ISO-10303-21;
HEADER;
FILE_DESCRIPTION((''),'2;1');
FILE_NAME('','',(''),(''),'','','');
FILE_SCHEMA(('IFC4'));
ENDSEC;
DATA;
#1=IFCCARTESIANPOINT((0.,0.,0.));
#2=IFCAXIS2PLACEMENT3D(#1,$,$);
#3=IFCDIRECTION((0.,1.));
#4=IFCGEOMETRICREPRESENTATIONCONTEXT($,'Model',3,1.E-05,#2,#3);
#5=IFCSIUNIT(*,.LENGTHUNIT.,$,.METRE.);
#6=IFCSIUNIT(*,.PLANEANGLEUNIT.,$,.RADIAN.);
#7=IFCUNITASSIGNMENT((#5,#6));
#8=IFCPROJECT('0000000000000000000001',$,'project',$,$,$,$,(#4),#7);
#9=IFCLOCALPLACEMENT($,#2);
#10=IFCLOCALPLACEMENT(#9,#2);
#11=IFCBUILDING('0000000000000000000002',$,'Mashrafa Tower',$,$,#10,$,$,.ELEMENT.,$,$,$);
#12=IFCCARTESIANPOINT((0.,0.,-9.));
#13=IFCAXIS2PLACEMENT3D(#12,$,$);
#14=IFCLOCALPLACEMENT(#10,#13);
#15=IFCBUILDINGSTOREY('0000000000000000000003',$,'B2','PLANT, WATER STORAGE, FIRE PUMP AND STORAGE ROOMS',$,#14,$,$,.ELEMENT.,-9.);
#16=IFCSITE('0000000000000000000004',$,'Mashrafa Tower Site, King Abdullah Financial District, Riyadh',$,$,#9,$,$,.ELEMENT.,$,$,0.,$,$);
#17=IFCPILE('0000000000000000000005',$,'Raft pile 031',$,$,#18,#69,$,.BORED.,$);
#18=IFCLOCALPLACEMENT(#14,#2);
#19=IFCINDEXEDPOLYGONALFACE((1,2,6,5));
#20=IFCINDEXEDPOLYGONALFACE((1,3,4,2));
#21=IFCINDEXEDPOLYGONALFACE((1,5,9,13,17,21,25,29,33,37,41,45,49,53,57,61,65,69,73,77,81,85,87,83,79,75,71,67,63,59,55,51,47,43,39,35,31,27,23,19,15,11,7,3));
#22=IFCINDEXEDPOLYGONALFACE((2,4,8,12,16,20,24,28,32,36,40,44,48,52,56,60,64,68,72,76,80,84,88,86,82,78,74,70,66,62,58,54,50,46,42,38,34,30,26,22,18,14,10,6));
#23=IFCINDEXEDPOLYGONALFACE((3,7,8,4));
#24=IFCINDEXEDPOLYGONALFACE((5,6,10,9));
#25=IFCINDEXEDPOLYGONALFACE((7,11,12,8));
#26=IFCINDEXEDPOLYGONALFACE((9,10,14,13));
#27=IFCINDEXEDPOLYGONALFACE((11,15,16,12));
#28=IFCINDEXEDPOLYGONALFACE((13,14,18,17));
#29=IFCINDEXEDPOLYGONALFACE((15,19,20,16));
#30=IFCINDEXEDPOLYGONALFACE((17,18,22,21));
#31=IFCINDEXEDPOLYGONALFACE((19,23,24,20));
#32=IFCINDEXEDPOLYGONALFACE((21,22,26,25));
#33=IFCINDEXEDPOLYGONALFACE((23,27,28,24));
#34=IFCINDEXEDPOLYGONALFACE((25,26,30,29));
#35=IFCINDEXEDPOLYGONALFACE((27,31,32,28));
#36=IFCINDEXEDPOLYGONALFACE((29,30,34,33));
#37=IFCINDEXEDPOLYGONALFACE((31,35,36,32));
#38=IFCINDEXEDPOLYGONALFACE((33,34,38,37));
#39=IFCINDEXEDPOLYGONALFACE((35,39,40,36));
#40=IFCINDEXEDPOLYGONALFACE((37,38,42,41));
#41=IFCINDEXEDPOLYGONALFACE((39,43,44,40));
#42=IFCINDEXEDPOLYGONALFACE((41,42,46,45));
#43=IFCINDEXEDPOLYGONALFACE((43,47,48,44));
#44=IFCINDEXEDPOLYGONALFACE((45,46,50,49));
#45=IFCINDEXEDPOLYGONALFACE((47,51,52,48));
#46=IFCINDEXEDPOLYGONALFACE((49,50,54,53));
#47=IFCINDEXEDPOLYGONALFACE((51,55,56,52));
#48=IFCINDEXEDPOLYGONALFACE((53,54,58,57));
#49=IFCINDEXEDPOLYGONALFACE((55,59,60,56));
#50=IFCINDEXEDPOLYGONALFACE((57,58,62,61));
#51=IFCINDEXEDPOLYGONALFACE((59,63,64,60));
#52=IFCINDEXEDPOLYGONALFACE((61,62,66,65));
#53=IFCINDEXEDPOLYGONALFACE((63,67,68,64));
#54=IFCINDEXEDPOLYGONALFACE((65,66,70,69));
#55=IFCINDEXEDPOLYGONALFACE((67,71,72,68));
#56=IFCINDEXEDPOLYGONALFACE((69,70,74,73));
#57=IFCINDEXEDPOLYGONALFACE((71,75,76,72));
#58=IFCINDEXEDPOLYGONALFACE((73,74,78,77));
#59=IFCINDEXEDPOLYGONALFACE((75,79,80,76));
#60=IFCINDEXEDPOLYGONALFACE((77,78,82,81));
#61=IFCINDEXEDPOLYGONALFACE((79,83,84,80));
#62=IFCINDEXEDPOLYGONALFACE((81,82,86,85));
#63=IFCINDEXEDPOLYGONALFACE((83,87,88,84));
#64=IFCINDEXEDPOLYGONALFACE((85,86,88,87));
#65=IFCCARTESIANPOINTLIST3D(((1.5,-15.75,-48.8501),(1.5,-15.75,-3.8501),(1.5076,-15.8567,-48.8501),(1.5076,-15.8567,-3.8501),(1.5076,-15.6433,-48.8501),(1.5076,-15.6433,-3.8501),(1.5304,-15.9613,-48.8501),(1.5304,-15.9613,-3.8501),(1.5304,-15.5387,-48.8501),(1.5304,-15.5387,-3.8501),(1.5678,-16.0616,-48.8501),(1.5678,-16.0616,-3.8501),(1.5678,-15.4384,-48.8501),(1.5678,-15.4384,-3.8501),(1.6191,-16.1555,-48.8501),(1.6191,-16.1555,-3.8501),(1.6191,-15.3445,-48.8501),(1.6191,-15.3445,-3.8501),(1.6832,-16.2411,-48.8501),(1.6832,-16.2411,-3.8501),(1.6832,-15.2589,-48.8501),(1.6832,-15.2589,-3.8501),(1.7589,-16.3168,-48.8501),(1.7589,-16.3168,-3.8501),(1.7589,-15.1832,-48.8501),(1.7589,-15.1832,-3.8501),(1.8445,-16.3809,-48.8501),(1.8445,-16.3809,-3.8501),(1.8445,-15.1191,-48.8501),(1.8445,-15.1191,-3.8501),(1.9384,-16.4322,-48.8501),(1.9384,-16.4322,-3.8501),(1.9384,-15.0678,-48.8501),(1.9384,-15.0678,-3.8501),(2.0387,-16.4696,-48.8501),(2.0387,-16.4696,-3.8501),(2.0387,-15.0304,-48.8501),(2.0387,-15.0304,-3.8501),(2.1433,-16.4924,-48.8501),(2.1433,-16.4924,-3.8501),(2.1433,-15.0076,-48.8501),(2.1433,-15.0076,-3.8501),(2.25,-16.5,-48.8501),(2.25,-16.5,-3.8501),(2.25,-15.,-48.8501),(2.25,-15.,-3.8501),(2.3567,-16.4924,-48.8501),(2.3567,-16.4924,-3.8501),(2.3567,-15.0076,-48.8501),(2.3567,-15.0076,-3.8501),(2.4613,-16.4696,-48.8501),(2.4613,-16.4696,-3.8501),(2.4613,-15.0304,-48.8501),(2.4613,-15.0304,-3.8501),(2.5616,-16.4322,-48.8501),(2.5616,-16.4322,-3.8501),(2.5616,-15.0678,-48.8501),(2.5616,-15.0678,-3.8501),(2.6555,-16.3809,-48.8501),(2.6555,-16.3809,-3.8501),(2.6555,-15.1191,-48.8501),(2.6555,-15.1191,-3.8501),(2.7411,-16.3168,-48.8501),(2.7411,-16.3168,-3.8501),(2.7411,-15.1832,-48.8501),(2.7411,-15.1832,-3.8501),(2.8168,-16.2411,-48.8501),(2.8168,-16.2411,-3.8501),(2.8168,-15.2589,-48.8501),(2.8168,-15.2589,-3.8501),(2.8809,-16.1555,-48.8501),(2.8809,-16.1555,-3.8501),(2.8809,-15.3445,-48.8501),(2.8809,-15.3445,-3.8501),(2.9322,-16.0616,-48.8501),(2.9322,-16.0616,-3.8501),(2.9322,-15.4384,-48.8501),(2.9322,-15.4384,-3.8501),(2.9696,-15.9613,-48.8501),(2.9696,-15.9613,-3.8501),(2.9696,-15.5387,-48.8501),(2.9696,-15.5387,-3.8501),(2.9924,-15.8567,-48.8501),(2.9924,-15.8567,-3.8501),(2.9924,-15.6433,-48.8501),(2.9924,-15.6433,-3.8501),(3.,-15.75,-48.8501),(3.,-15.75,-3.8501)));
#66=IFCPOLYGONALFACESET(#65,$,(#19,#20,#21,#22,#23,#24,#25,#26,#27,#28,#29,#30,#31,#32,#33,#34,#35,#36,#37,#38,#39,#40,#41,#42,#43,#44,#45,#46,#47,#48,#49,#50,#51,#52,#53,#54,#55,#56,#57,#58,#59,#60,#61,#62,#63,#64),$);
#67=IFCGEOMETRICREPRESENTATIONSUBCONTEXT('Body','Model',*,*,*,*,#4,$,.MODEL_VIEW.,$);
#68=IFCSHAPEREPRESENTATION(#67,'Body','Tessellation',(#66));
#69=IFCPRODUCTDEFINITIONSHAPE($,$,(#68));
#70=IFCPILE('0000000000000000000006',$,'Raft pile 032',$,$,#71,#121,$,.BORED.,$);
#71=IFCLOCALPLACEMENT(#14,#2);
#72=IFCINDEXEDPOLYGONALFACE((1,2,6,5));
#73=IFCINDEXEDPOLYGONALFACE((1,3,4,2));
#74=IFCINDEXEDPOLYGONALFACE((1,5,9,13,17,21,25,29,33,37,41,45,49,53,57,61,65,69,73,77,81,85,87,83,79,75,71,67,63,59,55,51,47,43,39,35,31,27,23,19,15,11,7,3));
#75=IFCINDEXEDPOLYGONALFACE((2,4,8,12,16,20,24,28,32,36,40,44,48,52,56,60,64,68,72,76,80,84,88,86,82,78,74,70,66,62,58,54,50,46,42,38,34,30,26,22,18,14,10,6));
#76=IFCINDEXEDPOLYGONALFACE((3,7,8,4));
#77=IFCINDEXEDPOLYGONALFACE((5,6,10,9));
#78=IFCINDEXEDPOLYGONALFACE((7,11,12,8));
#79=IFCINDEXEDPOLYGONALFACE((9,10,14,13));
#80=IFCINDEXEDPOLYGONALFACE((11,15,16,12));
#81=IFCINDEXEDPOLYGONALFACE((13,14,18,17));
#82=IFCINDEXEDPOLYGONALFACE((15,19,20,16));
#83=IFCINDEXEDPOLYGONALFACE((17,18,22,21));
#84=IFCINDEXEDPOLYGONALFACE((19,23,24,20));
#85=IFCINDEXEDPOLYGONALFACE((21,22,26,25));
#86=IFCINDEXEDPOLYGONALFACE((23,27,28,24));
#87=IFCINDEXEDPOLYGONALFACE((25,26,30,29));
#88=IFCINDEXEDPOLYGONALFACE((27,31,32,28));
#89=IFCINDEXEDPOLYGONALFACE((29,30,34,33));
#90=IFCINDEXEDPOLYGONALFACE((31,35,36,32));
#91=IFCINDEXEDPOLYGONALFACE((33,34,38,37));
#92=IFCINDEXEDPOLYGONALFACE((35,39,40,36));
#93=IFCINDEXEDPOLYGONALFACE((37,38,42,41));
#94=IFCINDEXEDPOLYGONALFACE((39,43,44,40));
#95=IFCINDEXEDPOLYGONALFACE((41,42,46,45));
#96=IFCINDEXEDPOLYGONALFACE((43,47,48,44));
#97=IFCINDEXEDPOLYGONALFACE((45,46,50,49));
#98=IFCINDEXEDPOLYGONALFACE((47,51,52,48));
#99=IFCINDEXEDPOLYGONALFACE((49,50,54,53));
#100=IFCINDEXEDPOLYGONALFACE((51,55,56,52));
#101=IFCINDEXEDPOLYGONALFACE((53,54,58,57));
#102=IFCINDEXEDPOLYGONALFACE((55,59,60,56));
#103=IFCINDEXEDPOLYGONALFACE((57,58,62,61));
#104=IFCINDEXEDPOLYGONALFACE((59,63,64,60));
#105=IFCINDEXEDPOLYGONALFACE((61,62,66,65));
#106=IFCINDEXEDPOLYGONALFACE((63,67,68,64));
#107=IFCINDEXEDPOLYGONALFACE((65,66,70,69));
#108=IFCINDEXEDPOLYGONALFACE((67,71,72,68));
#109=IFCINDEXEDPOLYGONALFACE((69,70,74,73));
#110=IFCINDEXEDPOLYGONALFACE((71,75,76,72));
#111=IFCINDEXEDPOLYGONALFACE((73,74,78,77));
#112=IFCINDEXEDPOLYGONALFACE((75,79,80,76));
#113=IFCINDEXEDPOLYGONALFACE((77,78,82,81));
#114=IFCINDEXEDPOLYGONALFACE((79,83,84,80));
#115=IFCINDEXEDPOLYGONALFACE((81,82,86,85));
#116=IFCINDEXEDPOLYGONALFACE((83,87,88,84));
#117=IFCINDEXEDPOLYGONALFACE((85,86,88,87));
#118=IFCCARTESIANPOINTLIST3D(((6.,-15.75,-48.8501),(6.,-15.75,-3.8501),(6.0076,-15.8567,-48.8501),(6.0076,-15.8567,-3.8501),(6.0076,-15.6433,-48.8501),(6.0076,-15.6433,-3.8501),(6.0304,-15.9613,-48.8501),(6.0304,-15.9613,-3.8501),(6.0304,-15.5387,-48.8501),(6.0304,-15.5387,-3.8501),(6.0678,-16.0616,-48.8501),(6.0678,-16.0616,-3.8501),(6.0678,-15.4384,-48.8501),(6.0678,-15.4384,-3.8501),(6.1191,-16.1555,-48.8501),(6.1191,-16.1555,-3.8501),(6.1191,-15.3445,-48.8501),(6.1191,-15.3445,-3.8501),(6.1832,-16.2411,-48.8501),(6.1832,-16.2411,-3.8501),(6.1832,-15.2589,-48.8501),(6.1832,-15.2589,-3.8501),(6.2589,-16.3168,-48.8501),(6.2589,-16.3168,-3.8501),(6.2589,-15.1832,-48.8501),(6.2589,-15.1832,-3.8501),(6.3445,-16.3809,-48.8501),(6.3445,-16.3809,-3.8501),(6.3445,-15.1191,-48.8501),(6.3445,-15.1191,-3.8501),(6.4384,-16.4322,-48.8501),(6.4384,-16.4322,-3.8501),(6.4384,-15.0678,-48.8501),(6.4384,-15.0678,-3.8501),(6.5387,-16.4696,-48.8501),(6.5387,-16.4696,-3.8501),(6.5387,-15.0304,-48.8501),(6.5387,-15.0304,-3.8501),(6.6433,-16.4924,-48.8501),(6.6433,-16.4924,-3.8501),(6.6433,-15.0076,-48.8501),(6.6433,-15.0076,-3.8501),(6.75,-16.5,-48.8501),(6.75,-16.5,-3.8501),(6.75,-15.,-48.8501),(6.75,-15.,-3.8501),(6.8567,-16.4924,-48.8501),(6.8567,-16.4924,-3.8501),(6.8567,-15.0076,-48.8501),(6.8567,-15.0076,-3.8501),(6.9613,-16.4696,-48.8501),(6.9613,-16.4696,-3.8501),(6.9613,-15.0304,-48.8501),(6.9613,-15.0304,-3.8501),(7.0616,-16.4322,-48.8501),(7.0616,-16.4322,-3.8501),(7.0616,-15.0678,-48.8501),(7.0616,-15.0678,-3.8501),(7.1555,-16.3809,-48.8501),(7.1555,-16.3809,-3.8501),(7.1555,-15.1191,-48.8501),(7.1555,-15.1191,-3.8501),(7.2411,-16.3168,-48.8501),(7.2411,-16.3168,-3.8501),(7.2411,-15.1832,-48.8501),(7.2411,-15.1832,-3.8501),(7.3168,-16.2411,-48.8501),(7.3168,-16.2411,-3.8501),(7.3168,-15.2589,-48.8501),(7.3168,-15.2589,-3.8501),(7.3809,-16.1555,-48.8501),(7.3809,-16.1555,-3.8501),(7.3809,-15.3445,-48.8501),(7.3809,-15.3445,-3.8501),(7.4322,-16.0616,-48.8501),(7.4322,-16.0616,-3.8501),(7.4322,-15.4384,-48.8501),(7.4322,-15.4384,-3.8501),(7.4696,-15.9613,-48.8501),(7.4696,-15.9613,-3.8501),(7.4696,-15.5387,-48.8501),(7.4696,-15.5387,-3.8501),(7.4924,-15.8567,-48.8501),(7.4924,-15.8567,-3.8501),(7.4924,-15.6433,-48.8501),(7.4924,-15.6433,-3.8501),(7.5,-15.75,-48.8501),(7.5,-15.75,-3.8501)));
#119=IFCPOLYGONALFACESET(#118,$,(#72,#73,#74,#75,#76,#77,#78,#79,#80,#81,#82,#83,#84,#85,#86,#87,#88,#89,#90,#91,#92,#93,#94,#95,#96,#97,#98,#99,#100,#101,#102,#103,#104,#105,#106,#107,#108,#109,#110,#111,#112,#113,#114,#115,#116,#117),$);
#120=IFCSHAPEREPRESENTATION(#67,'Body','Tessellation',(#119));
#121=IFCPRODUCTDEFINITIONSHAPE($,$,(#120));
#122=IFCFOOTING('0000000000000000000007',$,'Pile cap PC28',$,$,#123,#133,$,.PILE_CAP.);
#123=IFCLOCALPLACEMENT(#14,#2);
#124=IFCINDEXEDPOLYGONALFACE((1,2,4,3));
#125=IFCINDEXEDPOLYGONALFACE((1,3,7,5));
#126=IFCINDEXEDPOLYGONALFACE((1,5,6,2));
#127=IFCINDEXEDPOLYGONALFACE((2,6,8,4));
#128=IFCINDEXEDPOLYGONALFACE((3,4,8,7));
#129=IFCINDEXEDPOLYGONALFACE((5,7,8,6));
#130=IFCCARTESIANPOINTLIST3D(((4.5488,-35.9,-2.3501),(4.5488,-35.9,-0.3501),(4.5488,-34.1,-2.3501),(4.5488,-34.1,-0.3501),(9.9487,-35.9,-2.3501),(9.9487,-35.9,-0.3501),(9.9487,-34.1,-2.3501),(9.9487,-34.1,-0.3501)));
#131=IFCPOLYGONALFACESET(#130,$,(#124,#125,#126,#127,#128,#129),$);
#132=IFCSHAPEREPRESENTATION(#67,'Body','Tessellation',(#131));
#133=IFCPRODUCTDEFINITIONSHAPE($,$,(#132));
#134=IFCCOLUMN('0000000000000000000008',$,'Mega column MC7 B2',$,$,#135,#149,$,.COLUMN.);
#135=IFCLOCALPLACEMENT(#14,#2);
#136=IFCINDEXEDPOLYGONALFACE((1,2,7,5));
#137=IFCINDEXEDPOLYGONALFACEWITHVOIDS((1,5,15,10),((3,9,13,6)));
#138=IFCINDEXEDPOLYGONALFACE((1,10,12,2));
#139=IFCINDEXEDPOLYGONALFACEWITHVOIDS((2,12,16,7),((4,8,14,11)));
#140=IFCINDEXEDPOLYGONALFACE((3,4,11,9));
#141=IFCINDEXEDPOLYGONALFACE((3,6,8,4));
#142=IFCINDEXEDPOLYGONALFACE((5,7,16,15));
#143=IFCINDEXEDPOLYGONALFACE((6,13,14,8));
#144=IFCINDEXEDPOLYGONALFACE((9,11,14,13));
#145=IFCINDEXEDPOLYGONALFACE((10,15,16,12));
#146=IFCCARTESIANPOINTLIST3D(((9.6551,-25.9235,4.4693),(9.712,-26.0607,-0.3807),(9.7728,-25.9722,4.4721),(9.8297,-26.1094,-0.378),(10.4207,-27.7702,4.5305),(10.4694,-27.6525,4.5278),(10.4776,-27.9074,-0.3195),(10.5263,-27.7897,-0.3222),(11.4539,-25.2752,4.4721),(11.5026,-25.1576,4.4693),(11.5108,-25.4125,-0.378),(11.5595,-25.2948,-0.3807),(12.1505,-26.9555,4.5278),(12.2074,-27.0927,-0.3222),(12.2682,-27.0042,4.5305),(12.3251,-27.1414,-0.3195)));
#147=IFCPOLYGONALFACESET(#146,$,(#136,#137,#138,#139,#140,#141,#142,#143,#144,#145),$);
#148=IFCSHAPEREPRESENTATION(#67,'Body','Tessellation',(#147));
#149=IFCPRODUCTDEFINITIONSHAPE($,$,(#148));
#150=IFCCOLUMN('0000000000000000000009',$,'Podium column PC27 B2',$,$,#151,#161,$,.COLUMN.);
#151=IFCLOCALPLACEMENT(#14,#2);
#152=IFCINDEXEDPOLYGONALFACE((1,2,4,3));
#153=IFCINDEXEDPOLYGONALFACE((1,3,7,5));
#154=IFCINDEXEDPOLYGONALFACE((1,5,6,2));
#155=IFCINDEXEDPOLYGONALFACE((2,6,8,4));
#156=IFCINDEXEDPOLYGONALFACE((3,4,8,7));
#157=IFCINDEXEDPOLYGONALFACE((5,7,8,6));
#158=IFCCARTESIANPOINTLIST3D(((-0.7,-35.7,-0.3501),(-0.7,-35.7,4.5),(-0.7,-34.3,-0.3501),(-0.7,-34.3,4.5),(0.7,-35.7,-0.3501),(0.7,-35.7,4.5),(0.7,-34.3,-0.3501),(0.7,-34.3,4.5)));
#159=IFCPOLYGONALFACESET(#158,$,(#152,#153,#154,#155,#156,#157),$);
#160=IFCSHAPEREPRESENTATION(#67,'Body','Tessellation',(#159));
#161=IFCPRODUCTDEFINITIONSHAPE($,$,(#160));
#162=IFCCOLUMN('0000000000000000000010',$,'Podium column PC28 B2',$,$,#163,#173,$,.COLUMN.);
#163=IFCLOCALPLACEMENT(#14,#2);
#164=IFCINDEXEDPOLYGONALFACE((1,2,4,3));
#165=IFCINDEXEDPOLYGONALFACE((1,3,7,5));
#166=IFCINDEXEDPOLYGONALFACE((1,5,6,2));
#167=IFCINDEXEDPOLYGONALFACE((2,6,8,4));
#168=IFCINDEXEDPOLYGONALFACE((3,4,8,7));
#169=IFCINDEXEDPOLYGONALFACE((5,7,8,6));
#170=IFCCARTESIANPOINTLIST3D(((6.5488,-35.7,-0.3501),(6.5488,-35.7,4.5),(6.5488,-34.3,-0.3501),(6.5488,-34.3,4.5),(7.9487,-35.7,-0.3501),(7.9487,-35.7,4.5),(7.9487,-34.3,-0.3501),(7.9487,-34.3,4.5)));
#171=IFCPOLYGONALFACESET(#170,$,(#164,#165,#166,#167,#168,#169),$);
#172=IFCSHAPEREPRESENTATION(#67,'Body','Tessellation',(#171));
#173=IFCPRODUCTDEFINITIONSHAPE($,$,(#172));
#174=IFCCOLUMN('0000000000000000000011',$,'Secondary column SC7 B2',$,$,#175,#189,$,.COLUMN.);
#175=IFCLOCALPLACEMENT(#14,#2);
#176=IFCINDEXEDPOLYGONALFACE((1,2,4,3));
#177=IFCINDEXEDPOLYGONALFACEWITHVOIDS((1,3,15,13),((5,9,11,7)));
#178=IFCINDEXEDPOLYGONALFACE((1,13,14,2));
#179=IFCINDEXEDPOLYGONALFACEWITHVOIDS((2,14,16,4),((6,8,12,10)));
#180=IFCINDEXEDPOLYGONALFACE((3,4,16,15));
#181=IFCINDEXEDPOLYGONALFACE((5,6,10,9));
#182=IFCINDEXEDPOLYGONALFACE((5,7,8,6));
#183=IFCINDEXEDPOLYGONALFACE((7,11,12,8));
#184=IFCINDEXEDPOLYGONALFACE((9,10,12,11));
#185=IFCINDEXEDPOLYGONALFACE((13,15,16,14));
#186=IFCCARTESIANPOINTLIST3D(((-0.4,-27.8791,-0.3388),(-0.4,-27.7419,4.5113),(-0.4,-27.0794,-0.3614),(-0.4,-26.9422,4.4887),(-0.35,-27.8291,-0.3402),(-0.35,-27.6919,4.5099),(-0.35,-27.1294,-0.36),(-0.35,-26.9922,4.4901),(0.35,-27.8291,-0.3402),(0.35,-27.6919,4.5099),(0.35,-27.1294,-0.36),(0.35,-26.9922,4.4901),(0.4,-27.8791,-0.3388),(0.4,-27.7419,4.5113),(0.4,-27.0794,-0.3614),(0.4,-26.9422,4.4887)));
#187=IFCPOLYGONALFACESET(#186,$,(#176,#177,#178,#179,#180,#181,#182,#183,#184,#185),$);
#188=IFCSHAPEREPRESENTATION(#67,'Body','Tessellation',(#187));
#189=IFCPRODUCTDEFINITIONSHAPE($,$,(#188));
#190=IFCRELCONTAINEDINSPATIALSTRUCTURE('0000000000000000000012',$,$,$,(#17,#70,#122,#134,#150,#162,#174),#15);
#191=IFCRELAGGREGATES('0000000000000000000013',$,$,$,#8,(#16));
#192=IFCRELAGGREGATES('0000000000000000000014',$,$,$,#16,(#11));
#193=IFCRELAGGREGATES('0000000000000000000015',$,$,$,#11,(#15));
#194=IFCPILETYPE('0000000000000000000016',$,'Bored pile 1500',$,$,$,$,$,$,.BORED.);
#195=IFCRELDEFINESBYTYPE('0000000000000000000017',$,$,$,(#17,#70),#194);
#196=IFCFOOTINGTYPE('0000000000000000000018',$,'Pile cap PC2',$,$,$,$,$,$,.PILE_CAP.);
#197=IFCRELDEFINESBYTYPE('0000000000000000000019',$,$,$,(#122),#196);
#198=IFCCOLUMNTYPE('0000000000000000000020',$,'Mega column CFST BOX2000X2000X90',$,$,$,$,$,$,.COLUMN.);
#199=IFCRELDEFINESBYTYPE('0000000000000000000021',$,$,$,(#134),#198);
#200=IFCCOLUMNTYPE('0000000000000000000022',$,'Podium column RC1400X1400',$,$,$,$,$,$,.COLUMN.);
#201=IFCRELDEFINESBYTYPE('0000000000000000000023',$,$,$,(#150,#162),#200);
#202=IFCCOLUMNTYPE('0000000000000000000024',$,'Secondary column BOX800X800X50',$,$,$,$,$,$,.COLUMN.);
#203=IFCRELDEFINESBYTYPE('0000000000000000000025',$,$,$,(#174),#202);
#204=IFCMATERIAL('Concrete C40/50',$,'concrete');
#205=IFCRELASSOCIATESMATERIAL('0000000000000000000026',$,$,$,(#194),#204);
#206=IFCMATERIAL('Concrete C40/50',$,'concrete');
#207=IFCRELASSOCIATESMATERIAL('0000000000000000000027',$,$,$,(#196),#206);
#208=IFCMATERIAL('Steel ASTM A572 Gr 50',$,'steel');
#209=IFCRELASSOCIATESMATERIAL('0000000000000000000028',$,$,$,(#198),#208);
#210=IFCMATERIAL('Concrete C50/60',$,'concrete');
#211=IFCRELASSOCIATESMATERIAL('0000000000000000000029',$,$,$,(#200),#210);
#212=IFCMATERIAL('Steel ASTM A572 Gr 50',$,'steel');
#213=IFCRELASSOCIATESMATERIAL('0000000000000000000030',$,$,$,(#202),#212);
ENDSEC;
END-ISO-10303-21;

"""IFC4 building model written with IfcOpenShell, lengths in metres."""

from ifc_helpers import new_model, si_unit, direction, frame, origin, origin_2d, place, context, subcontext, project, spatial, rectangle, hollow_rectangle, circle, extrude, material, material_profile, profile_set, type_object, element, save


model = new_model("IFC4")

# Units and contexts
model_context = context("Model", 3, precision=1e-05, world=origin(), true_north=direction((0.0, 1.0)))
body_context = subcontext(model_context, "Body", "Model", "MODEL_VIEW")
ifc_project = project(units=[si_unit("LENGTHUNIT", "METRE"), si_unit("PLANEANGLEUNIT", "RADIAN")], contexts=[model_context])

# Site, building, storey
site_placement = place(None, origin())
site = spatial("IfcSite", under=ifc_project, at=site_placement, Name="Mashrafa Tower Site, King Abdullah Financial District, Riyadh", CompositionType="ELEMENT", RefElevation=0.0)
building_placement = place(site_placement, origin())
building = spatial("IfcBuilding", under=site, at=building_placement, Name="Mashrafa Tower", CompositionType="ELEMENT")
storey_placement = place(building_placement, frame((0.0, 0.0, -9.0)))
storey = spatial("IfcBuildingStorey", under=building, at=storey_placement, Name="B2", Description="PLANT, WATER STORAGE, FIRE PUMP AND STORAGE ROOMS", CompositionType="ELEMENT", Elevation=-9.0)

# Piles
ifc_material_1 = material(Name="Concrete C40/50", Category="concrete")
ifc_material_profile_1 = material_profile(ifc_material_1, circle(Radius=0.75, at=origin_2d()), Name="1500 DIA")
ifc_profile_set_1 = profile_set([ifc_material_profile_1], Name="Concrete C40/50")
pile_type_1 = type_object("IfcPileType", Name="Bored pile 1500", PredefinedType="BORED", material=ifc_profile_set_1)
for number, where, z_axis, x_axis, name in (
    (1, (2.25, -15.75, -3.8501), (0.0, 0.0, -1.0), (1.0, 0.0, 0.0), "Raft pile 031"),
    (2, (6.75, -15.75, -3.8501), (0.0, 0.0, -1.0), (1.0, 0.0, 0.0), "Raft pile 032"),
):
    element("IfcPile", number, at=place(storey_placement, frame(where, z_axis=z_axis, x_axis=x_axis)), inside=storey, type_object=pile_type_1, Name=name, PredefinedType="BORED", context=body_context, shape_type="SweptSolid", body=[
        extrude(circle(Radius=0.75, at=origin_2d()), origin(), (0.0, 0.0, 1.0), 45.0),
    ])

# Footing
ifc_material_2 = material(Name="Concrete C40/50", Category="concrete")
footing_type = type_object("IfcFootingType", Name="Pile cap PC2", PredefinedType="PILE_CAP", material=ifc_material_2)
footing_placement = place(storey_placement, frame((7.2488, -35.0, -2.3501), z_axis=(0.0, 0.0, 1.0), x_axis=(1.0, 0.0, 0.0)))
element("IfcFooting", 3, at=footing_placement, inside=storey, type_object=footing_type, Name="Pile cap PC28", PredefinedType="PILE_CAP", context=body_context, shape_type="SweptSolid", body=[
    extrude(rectangle(XDim=5.3999, YDim=1.8, at=origin_2d()), origin(), (0.0, 0.0, 1.0), 2.0),
])

# Columns
ifc_material_3 = material(Name="Steel ASTM A572 Gr 50", Category="steel")
ifc_material_profile_2 = material_profile(ifc_material_3, hollow_rectangle(XDim=2.0, YDim=2.0, WallThickness=0.0901, at=origin_2d()), Name="BOX2000X2000X90")
ifc_profile_set_2 = profile_set([ifc_material_profile_2], Name="Steel ASTM A572 Gr 50")
column_type_1 = type_object("IfcColumnType", Name="Mega column CFST BOX2000X2000X90", PredefinedType="COLUMN", material=ifc_profile_set_2)
column_1_placement = place(storey_placement, frame((11.0186, -26.6011, -0.3501), z_axis=(-0.011723, 0.028276, 0.999531), x_axis=(-0.923756, -0.382981, 0.0)))
element("IfcColumn", 4, at=column_1_placement, inside=storey, type_object=column_type_1, Name="Mega column MC7 B2", PredefinedType="COLUMN", context=body_context, shape_type="SweptSolid", body=[
    extrude(hollow_rectangle(XDim=2.0, YDim=2.0, WallThickness=0.0901, at=origin_2d()), origin(), (0.0, 0.0, 1.0), 4.8523),
])
ifc_material_4 = material(Name="Concrete C50/60", Category="concrete")
ifc_material_profile_3 = material_profile(ifc_material_4, rectangle(XDim=1.3999, YDim=1.3999, at=origin_2d()), Name="RC1400X1400")
ifc_profile_set_3 = profile_set([ifc_material_profile_3], Name="Concrete C50/60")
column_type_2 = type_object("IfcColumnType", Name="Podium column RC1400X1400", PredefinedType="COLUMN", material=ifc_profile_set_3)
for number, where, z_axis, x_axis, name in (
    (5, (0.0, -35.0, -0.3501), (0.0, 0.0, 1.0), (1.0, 0.0, 0.0), "Podium column PC27 B2"),
    (6, (7.2488, -35.0, -0.3501), (0.0, 0.0, 1.0), (1.0, 0.0, 0.0), "Podium column PC28 B2"),
):
    element("IfcColumn", number, at=place(storey_placement, frame(where, z_axis=z_axis, x_axis=x_axis)), inside=storey, type_object=column_type_2, Name=name, PredefinedType="COLUMN", context=body_context, shape_type="SweptSolid", body=[
        extrude(rectangle(XDim=1.3999, YDim=1.3999, at=origin_2d()), origin(), (0.0, 0.0, 1.0), 4.8501),
    ])
ifc_material_5 = material(Name="Steel ASTM A572 Gr 50", Category="steel")
ifc_material_profile_4 = material_profile(ifc_material_5, hollow_rectangle(XDim=0.8, YDim=0.8, WallThickness=0.05, at=origin_2d()), Name="BOX800X800X50")
ifc_profile_set_4 = profile_set([ifc_material_profile_4], Name="Steel ASTM A572 Gr 50")
column_type_3 = type_object("IfcColumnType", Name="Secondary column BOX800X800X50", PredefinedType="COLUMN", material=ifc_profile_set_4)
column_2_placement = place(storey_placement, frame((0.0, -27.4792, -0.3501), z_axis=(0.0, 0.028278, 0.9996), x_axis=(-1.0, 0.0, 0.0)))
element("IfcColumn", 7, at=column_2_placement, inside=storey, type_object=column_type_3, Name="Secondary column SC7 B2", PredefinedType="COLUMN", context=body_context, shape_type="SweptSolid", body=[
    extrude(hollow_rectangle(XDim=0.8, YDim=0.8, WallThickness=0.05, at=origin_2d()), origin(), (0.0, 0.0, 1.0), 4.8521),
])

save(model, "model.ifc")
